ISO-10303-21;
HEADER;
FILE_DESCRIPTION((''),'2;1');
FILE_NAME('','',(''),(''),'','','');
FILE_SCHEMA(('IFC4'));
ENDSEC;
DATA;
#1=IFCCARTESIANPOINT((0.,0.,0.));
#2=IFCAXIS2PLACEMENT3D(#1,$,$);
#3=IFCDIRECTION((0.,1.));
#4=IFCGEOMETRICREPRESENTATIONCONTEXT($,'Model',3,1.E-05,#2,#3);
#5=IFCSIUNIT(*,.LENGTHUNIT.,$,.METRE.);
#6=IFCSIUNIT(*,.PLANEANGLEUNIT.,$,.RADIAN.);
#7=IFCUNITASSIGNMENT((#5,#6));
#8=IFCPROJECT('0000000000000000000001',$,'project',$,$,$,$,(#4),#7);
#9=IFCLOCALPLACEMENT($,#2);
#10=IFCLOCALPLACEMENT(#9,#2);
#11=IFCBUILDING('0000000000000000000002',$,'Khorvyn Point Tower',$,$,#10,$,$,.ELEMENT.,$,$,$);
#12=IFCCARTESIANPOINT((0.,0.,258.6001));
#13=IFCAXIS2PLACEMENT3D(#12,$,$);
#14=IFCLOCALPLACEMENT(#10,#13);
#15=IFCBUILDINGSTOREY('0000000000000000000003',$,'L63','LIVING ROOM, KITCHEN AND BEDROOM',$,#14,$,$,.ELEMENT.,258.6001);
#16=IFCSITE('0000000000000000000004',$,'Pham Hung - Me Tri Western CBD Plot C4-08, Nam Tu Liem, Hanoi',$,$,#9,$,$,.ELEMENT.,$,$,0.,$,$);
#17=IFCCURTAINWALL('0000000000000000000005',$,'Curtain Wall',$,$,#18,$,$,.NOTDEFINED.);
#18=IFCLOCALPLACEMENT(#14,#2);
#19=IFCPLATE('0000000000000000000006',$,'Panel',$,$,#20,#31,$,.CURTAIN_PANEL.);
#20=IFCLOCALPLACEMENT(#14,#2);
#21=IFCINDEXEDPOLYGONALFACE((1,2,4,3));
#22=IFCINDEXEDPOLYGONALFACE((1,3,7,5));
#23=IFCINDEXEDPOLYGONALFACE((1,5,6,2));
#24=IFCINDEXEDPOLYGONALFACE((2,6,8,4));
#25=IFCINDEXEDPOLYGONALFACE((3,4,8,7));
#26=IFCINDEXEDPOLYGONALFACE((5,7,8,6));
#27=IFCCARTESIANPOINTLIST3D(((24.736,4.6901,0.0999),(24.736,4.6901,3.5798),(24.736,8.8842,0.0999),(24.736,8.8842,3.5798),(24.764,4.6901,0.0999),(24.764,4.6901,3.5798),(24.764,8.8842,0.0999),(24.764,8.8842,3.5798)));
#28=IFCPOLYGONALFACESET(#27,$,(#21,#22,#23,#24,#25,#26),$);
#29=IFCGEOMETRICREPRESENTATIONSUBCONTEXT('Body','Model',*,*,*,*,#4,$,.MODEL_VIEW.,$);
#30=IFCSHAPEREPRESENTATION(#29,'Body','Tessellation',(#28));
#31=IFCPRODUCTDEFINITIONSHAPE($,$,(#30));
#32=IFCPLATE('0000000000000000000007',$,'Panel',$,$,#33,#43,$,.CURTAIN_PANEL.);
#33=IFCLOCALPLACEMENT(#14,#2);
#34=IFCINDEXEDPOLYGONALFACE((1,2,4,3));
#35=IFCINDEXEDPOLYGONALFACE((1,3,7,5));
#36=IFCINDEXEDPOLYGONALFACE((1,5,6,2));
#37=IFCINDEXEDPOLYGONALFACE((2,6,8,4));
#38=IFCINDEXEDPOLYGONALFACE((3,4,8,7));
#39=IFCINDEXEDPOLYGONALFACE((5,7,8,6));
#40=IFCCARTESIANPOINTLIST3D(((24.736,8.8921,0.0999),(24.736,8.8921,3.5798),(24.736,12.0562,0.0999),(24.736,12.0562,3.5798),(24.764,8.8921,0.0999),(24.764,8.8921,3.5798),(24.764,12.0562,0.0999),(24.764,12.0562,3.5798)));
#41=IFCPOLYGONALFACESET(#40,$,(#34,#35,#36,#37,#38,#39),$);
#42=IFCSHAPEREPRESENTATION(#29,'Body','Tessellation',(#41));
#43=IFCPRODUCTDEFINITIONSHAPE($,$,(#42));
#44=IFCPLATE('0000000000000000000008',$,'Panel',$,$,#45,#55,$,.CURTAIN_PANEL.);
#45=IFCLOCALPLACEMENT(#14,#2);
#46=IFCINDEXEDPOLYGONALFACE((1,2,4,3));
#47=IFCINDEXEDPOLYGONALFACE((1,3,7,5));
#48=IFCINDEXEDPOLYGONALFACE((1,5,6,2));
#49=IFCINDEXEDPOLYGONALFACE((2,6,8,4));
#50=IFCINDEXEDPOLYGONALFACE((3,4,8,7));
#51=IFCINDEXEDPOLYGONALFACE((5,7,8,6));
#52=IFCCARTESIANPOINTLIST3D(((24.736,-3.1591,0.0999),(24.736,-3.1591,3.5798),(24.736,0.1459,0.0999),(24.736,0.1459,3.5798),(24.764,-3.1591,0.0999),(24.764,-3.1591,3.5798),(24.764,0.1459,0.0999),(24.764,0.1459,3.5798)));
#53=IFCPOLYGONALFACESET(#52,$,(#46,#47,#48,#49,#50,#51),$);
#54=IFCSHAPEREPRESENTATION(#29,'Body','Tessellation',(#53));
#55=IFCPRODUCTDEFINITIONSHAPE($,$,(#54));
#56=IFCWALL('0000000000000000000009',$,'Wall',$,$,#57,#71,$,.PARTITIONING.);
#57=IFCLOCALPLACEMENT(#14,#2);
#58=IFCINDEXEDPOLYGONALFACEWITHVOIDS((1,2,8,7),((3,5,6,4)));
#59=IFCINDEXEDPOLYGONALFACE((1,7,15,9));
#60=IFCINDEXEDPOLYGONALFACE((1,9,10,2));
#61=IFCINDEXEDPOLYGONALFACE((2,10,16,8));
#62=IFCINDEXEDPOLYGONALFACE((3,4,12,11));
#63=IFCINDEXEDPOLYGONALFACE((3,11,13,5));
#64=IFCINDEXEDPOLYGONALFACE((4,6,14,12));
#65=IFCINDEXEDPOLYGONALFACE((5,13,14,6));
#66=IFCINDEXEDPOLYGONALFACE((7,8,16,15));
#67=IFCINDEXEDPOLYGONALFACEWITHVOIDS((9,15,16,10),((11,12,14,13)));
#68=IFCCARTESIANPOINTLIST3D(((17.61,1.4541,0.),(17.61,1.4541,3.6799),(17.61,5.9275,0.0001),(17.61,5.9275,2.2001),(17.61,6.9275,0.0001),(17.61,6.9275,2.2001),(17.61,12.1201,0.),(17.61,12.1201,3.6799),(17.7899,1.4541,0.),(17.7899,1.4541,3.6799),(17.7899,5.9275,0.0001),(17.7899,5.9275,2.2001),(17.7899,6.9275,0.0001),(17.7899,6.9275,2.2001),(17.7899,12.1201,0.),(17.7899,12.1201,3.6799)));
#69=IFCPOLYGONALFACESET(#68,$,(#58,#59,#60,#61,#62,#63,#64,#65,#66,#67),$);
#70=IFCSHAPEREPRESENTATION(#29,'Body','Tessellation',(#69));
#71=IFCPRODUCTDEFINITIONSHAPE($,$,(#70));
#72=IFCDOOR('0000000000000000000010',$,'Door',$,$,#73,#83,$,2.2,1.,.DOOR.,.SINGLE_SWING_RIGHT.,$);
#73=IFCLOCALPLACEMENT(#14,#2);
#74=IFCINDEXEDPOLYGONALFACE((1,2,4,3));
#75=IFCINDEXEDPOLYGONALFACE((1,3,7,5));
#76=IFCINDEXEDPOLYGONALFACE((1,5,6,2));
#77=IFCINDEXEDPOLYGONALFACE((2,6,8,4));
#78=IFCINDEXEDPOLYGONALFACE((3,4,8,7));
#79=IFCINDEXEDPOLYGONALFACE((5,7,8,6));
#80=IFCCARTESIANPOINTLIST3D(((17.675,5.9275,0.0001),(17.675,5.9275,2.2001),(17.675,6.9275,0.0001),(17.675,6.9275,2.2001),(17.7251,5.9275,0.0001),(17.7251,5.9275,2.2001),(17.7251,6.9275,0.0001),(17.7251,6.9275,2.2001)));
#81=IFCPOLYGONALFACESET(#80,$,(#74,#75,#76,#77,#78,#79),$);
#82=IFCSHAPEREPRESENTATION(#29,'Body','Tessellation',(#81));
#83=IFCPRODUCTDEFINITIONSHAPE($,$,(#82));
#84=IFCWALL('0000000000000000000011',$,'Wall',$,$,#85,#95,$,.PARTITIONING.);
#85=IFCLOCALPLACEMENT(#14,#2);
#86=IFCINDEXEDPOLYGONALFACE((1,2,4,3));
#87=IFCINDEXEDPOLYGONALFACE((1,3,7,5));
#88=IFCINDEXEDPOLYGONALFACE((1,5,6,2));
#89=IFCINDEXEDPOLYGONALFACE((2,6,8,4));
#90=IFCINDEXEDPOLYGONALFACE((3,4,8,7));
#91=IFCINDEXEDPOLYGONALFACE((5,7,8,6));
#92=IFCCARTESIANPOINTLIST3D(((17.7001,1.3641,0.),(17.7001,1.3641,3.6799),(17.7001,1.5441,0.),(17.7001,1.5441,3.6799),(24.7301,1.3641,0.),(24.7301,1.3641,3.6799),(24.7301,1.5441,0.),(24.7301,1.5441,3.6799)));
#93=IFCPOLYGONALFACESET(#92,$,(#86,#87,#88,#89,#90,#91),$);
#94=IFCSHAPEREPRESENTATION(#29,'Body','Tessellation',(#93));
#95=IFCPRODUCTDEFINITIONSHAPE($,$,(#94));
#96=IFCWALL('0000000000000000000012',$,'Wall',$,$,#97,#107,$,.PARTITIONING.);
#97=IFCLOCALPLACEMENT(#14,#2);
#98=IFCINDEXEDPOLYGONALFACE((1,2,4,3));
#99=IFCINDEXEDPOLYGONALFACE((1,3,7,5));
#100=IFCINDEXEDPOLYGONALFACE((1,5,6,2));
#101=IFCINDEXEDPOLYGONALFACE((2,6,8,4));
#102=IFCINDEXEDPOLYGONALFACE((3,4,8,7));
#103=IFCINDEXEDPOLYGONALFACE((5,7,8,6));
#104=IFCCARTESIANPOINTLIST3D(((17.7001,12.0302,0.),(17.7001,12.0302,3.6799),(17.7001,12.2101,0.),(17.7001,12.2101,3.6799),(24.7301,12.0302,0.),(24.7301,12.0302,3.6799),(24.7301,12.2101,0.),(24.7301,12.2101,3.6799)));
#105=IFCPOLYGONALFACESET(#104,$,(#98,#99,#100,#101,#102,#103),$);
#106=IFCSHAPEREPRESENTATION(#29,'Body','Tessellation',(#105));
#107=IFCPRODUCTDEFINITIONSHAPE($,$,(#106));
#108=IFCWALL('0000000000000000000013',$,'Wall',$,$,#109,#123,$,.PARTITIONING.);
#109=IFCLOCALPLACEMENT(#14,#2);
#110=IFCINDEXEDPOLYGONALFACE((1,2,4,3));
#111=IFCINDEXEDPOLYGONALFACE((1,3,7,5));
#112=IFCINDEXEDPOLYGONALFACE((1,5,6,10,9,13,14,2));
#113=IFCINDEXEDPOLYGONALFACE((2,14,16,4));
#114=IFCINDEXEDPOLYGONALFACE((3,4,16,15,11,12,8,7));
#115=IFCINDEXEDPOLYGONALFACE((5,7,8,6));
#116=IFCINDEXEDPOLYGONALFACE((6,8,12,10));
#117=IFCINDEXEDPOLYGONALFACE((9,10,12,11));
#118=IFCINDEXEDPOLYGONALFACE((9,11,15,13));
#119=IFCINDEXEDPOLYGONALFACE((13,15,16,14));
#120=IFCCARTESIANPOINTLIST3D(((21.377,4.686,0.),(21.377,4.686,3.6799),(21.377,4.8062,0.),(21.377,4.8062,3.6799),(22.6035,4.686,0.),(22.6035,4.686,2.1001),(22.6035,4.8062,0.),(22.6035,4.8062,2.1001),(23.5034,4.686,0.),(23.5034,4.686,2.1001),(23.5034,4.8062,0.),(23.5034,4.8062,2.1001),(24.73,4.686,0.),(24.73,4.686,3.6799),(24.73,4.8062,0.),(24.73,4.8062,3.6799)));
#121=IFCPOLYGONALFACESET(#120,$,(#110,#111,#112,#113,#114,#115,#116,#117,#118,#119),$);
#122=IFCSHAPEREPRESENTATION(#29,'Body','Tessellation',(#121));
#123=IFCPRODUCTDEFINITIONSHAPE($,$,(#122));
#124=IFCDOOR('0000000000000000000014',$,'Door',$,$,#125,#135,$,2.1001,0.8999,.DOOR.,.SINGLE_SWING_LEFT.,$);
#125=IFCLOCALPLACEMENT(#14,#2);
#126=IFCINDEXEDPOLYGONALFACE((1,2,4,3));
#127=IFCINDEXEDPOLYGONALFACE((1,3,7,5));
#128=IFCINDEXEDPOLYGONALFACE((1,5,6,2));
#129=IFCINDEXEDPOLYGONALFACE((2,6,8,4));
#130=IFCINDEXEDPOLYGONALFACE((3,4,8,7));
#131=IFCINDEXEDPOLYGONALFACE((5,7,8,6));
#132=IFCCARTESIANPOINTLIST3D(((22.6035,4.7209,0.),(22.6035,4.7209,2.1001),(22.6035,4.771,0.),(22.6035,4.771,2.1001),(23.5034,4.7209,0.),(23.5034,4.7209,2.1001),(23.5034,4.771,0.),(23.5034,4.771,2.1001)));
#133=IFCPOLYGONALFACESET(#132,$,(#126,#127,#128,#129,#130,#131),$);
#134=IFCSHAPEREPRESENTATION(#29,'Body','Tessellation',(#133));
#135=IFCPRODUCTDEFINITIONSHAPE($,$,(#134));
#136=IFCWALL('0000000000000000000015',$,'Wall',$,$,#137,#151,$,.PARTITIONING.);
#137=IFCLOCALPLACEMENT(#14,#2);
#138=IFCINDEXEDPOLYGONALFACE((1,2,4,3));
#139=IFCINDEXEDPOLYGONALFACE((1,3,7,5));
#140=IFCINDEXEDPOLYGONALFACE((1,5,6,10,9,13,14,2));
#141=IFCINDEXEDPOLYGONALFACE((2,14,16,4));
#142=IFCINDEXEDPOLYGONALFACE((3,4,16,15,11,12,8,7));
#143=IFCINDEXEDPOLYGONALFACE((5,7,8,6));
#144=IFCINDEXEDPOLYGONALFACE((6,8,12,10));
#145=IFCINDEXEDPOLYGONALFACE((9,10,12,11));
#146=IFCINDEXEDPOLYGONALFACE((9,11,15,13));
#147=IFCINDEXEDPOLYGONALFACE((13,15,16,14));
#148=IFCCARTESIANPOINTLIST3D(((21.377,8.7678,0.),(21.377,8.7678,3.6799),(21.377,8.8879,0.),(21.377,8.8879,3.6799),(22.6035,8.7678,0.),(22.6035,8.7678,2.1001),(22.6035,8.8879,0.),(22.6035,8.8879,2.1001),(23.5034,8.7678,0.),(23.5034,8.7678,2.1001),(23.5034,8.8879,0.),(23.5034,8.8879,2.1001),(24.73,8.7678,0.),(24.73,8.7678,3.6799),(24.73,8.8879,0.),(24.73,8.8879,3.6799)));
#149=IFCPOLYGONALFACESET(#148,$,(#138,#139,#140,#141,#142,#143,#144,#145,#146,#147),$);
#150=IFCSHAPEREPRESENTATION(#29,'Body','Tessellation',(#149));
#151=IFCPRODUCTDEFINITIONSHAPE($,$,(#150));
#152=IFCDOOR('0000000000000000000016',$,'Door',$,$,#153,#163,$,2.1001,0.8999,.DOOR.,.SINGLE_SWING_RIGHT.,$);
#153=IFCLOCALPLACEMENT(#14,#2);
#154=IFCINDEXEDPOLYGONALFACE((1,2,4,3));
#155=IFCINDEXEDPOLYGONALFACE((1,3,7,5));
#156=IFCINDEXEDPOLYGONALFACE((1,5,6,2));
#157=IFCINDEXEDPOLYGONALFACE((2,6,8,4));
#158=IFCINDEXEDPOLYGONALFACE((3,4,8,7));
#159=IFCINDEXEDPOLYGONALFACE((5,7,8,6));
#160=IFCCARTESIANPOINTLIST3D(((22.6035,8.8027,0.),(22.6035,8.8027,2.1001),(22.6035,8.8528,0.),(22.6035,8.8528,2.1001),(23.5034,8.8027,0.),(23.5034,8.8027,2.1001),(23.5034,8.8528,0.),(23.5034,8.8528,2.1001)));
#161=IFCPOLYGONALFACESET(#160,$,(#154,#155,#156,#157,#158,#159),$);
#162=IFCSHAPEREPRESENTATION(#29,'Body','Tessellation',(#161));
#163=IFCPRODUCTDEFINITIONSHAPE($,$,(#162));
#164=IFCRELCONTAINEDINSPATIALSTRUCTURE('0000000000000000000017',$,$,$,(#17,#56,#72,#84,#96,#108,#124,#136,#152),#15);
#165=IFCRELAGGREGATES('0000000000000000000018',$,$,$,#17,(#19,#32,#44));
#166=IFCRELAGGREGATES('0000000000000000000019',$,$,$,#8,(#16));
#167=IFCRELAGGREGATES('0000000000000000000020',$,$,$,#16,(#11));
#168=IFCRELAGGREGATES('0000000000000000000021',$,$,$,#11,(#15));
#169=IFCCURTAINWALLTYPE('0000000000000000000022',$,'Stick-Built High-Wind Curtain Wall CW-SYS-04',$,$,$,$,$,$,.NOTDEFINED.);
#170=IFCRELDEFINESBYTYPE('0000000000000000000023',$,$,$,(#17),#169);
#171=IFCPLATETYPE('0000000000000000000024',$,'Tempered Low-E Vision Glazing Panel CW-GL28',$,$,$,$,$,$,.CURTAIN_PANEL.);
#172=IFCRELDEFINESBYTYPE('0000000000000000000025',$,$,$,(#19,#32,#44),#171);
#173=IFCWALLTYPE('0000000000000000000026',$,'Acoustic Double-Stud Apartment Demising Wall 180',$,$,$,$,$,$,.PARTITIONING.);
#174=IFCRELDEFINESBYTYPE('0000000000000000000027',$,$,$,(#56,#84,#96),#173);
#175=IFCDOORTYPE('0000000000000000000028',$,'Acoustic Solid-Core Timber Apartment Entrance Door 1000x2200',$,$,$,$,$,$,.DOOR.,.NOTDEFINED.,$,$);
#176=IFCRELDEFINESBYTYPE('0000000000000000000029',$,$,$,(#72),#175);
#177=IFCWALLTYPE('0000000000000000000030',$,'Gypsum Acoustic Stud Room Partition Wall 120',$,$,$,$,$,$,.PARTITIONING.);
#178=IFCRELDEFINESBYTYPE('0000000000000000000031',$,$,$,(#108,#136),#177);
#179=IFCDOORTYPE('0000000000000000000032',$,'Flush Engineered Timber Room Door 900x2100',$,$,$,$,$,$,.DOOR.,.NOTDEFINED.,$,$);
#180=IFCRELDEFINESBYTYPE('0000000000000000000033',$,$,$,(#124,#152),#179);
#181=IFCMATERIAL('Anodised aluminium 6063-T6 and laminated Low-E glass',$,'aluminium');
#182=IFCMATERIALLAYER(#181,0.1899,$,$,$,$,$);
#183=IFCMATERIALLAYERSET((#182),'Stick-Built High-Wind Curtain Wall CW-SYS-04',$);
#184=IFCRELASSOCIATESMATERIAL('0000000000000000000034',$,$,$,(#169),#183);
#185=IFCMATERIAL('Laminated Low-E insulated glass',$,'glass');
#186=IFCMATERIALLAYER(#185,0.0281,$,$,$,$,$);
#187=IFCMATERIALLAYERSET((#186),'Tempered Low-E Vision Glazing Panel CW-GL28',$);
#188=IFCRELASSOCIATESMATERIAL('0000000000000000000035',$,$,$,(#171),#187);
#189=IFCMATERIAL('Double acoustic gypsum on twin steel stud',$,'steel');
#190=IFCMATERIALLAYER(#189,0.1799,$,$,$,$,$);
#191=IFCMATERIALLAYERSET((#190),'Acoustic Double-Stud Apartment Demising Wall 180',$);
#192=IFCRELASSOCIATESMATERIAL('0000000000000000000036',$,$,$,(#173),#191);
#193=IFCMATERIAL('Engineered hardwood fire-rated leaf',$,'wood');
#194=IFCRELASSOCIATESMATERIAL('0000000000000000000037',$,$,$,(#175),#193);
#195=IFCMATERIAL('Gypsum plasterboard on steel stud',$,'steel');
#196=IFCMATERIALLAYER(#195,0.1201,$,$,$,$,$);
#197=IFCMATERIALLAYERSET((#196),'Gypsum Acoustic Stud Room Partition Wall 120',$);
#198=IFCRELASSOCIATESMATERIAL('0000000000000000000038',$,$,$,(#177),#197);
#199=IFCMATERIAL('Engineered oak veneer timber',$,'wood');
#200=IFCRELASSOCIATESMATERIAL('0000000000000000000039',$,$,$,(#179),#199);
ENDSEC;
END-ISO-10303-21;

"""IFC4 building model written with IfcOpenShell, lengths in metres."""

from ifc_helpers import new_model, si_unit, direction, frame, frame_2d, origin, origin_2d, place, context, subcontext, project, spatial, rectangle, extrude, material, layer, layer_set, type_object, element, fill, aggregate, save


model = new_model("IFC4")

# Units and contexts
model_context = context("Model", 3, precision=1e-05, world=origin(), true_north=direction((0.0, 1.0)))
body_context = subcontext(model_context, "Body", "Model", "MODEL_VIEW")
ifc_project = project(units=[si_unit("LENGTHUNIT", "METRE"), si_unit("PLANEANGLEUNIT", "RADIAN")], contexts=[model_context])

# Site, building, storey
site_placement = place(None, origin())
site = spatial("IfcSite", under=ifc_project, at=site_placement, Name="Pham Hung - Me Tri Western CBD Plot C4-08, Nam Tu Liem, Hanoi", CompositionType="ELEMENT", RefElevation=0.0)
building_placement = place(site_placement, origin())
building = spatial("IfcBuilding", under=site, at=building_placement, Name="Khorvyn Point Tower", CompositionType="ELEMENT")
storey_placement = place(building_placement, frame((0.0, 0.0, 258.6001)))
storey = spatial("IfcBuildingStorey", under=building, at=storey_placement, Name="L63", Description="LIVING ROOM, KITCHEN AND BEDROOM", CompositionType="ELEMENT", Elevation=258.6001)

# Curtain wall
ifc_material_1 = material(Name="Anodised aluminium 6063-T6 and laminated Low-E glass", Category="aluminium")
ifc_layer_1 = layer(ifc_material_1, 0.1899)
ifc_layer_set_1 = layer_set([ifc_layer_1], Name="Stick-Built High-Wind Curtain Wall CW-SYS-04")
curtain_wall_type = type_object("IfcCurtainWallType", Name="Stick-Built High-Wind Curtain Wall CW-SYS-04", PredefinedType="NOTDEFINED", material=ifc_layer_set_1)
curtain_wall_placement = place(storey_placement, origin())
curtain_wall = element("IfcCurtainWall", 1, at=curtain_wall_placement, inside=storey, type_object=curtain_wall_type, Name="Curtain Wall", PredefinedType="NOTDEFINED")

# Plates
ifc_material_2 = material(Name="Laminated Low-E insulated glass", Category="glass")
ifc_layer_2 = layer(ifc_material_2, 0.0281)
ifc_layer_set_2 = layer_set([ifc_layer_2], Name="Tempered Low-E Vision Glazing Panel CW-GL28")
plate_type = type_object("IfcPlateType", Name="Tempered Low-E Vision Glazing Panel CW-GL28", PredefinedType="CURTAIN_PANEL", material=ifc_layer_set_2)
plate_1_placement = place(storey_placement, frame((24.75, 6.7871, 0.0999), z_axis=(0.0, 0.0, 1.0), x_axis=(0.0, -1.0, 0.0)))
plate_1 = element("IfcPlate", 2, at=plate_1_placement, type_object=plate_type, Name="Panel", PredefinedType="CURTAIN_PANEL", context=body_context, shape_type="SweptSolid", body=[
    extrude(rectangle(XDim=4.1941, YDim=0.0281, at=origin_2d()), origin(), (0.0, 0.0, 1.0), 3.48),
])
plate_2_placement = place(storey_placement, frame((24.75, 10.4741, 0.0999), z_axis=(0.0, 0.0, 1.0), x_axis=(0.0, -1.0, 0.0)))
plate_2 = element("IfcPlate", 3, at=plate_2_placement, type_object=plate_type, Name="Panel", PredefinedType="CURTAIN_PANEL", context=body_context, shape_type="SweptSolid", body=[
    extrude(rectangle(XDim=3.1641, YDim=0.0281, at=origin_2d()), origin(), (0.0, 0.0, 1.0), 3.48),
])
plate_3_placement = place(storey_placement, frame((24.75, -1.5066, 0.0999), z_axis=(0.0, 0.0, 1.0), x_axis=(0.0, -1.0, 0.0)))
plate_3 = element("IfcPlate", 4, at=plate_3_placement, type_object=plate_type, Name="Panel", PredefinedType="CURTAIN_PANEL", context=body_context, shape_type="SweptSolid", body=[
    extrude(rectangle(XDim=3.3049, YDim=0.0281, at=origin_2d()), origin(), (0.0, 0.0, 1.0), 3.48),
])
aggregate(curtain_wall, [plate_1, plate_2, plate_3])

# Wall, opening, door
ifc_material_3 = material(Name="Double acoustic gypsum on twin steel stud", Category="steel")
ifc_layer_3 = layer(ifc_material_3, 0.1799)
ifc_layer_set_3 = layer_set([ifc_layer_3], Name="Acoustic Double-Stud Apartment Demising Wall 180")
wall_type_1 = type_object("IfcWallType", Name="Acoustic Double-Stud Apartment Demising Wall 180", PredefinedType="PARTITIONING", material=ifc_layer_set_3)
wall_1_placement = place(storey_placement, frame((17.7, 1.4541, 0.0), z_axis=(0.0, 0.0, 1.0), x_axis=(0.0, 1.0, 0.0)))
wall_1 = element("IfcWall", 5, at=wall_1_placement, inside=storey, type_object=wall_type_1, Name="Wall", PredefinedType="PARTITIONING", context=body_context, shape_type="SweptSolid", body=[
    extrude(rectangle(XDim=10.666, YDim=0.1799, at=frame_2d((5.333, 0.0))), origin(), (0.0, 0.0, 1.0), 3.6799),
])
opening_1_placement = place(wall_1_placement, frame((4.4734, 0.0, 0.0)))
opening_1 = element("IfcOpeningElement", 6, at=opening_1_placement, cuts=wall_1, PredefinedType="OPENING", context=body_context, shape_type="SweptSolid", body=[
    extrude(rectangle(XDim=1.0, YDim=2.2, at=frame_2d((0.5, 1.1001))), frame((0.0, 0.0999, 0.0), z_axis=(0.0, -1.0, 0.0), x_axis=(1.0, 0.0, 0.0)), (0.0, 0.0, 1.0), 0.2),
])
ifc_material_4 = material(Name="Engineered hardwood fire-rated leaf", Category="wood")
door_type_1 = type_object("IfcDoorType", Name="Acoustic Solid-Core Timber Apartment Entrance Door 1000x2200", OperationType="NOTDEFINED", PredefinedType="DOOR", material=ifc_material_4)
door_1_placement = place(opening_1_placement, origin())
door_1 = element("IfcDoor", 7, at=door_1_placement, inside=storey, type_object=door_type_1, Name="Door", OperationType="SINGLE_SWING_RIGHT", OverallHeight=2.2, OverallWidth=1.0, PredefinedType="DOOR", context=body_context, shape_type="SweptSolid", body=[
    extrude(rectangle(XDim=1.0, YDim=2.2, at=frame_2d((0.5, 1.1001))), frame((0.0, 0.0249, 0.0), z_axis=(0.0, -1.0, 0.0), x_axis=(1.0, 0.0, 0.0)), (0.0, 0.0, 1.0), 0.05),
])
fill(opening_1, door_1)

# Walls
for number, where, z_axis, x_axis, name in (
    (8, (17.7, 1.4541, 0.0), (0.0, 0.0, 1.0), (1.0, 0.0, 0.0), "Wall"),
    (9, (17.7, 12.1201, 0.0), (0.0, 0.0, 1.0), (1.0, 0.0, 0.0), "Wall"),
):
    element("IfcWall", number, at=place(storey_placement, frame(where, z_axis=z_axis, x_axis=x_axis)), inside=storey, type_object=wall_type_1, Name=name, PredefinedType="PARTITIONING", context=body_context, shape_type="SweptSolid", body=[
        extrude(rectangle(XDim=7.03, YDim=0.1799, at=frame_2d((3.5151, 0.0))), origin(), (0.0, 0.0, 1.0), 3.6799),
    ])

# Walls, openings, doors
ifc_material_5 = material(Name="Gypsum plasterboard on steel stud", Category="steel")
ifc_layer_4 = layer(ifc_material_5, 0.1201)
ifc_layer_set_4 = layer_set([ifc_layer_4], Name="Gypsum Acoustic Stud Room Partition Wall 120")
wall_type_2 = type_object("IfcWallType", Name="Gypsum Acoustic Stud Room Partition Wall 120", PredefinedType="PARTITIONING", material=ifc_layer_set_4)
wall_2_placement = place(storey_placement, frame((21.377, 4.7461, 0.0), z_axis=(0.0, 0.0, 1.0), x_axis=(1.0, 0.0, 0.0)))
wall_2 = element("IfcWall", 10, at=wall_2_placement, inside=storey, type_object=wall_type_2, Name="Wall", PredefinedType="PARTITIONING", context=body_context, shape_type="SweptSolid", body=[
    extrude(rectangle(XDim=3.353, YDim=0.1201, at=frame_2d((1.6765, 0.0))), origin(), (0.0, 0.0, 1.0), 3.6799),
])
opening_2_placement = place(wall_2_placement, frame((1.2266, 0.0, 0.0)))
opening_2 = element("IfcOpeningElement", 11, at=opening_2_placement, cuts=wall_2, PredefinedType="OPENING", context=body_context, shape_type="SweptSolid", body=[
    extrude(rectangle(XDim=0.8999, YDim=2.1001, at=frame_2d((0.45, 1.05))), frame((0.0, 0.0701, 0.0), z_axis=(0.0, -1.0, 0.0), x_axis=(1.0, 0.0, 0.0)), (0.0, 0.0, 1.0), 0.1401),
])
ifc_material_6 = material(Name="Engineered oak veneer timber", Category="wood")
door_type_2 = type_object("IfcDoorType", Name="Flush Engineered Timber Room Door 900x2100", OperationType="NOTDEFINED", PredefinedType="DOOR", material=ifc_material_6)
door_2_placement = place(opening_2_placement, origin())
door_2 = element("IfcDoor", 12, at=door_2_placement, inside=storey, type_object=door_type_2, Name="Door", OperationType="SINGLE_SWING_LEFT", OverallHeight=2.1001, OverallWidth=0.8999, PredefinedType="DOOR", context=body_context, shape_type="SweptSolid", body=[
    extrude(rectangle(XDim=0.8999, YDim=2.1001, at=frame_2d((0.45, 1.05))), frame((0.0, 0.0249, 0.0), z_axis=(0.0, -1.0, 0.0), x_axis=(1.0, 0.0, 0.0)), (0.0, 0.0, 1.0), 0.05),
])
fill(opening_2, door_2)
wall_3_placement = place(storey_placement, frame((21.377, 8.8279, 0.0), z_axis=(0.0, 0.0, 1.0), x_axis=(1.0, 0.0, 0.0)))
wall_3 = element("IfcWall", 13, at=wall_3_placement, inside=storey, type_object=wall_type_2, Name="Wall", PredefinedType="PARTITIONING", context=body_context, shape_type="SweptSolid", body=[
    extrude(rectangle(XDim=3.353, YDim=0.1201, at=frame_2d((1.6765, 0.0))), origin(), (0.0, 0.0, 1.0), 3.6799),
])
opening_3_placement = place(wall_3_placement, frame((1.2266, 0.0, 0.0)))
opening_3 = element("IfcOpeningElement", 14, at=opening_3_placement, cuts=wall_3, PredefinedType="OPENING", context=body_context, shape_type="SweptSolid", body=[
    extrude(rectangle(XDim=0.8999, YDim=2.1001, at=frame_2d((0.45, 1.05))), frame((0.0, 0.0701, 0.0), z_axis=(0.0, -1.0, 0.0), x_axis=(1.0, 0.0, 0.0)), (0.0, 0.0, 1.0), 0.1401),
])
door_3_placement = place(opening_3_placement, origin())
door_3 = element("IfcDoor", 15, at=door_3_placement, inside=storey, type_object=door_type_2, Name="Door", OperationType="SINGLE_SWING_RIGHT", OverallHeight=2.1001, OverallWidth=0.8999, PredefinedType="DOOR", context=body_context, shape_type="SweptSolid", body=[
    extrude(rectangle(XDim=0.8999, YDim=2.1001, at=frame_2d((0.45, 1.05))), frame((0.0, 0.0249, 0.0), z_axis=(0.0, -1.0, 0.0), x_axis=(1.0, 0.0, 0.0)), (0.0, 0.0, 1.0), 0.05),
])
fill(opening_3, door_3)

save(model, "model.ifc")
